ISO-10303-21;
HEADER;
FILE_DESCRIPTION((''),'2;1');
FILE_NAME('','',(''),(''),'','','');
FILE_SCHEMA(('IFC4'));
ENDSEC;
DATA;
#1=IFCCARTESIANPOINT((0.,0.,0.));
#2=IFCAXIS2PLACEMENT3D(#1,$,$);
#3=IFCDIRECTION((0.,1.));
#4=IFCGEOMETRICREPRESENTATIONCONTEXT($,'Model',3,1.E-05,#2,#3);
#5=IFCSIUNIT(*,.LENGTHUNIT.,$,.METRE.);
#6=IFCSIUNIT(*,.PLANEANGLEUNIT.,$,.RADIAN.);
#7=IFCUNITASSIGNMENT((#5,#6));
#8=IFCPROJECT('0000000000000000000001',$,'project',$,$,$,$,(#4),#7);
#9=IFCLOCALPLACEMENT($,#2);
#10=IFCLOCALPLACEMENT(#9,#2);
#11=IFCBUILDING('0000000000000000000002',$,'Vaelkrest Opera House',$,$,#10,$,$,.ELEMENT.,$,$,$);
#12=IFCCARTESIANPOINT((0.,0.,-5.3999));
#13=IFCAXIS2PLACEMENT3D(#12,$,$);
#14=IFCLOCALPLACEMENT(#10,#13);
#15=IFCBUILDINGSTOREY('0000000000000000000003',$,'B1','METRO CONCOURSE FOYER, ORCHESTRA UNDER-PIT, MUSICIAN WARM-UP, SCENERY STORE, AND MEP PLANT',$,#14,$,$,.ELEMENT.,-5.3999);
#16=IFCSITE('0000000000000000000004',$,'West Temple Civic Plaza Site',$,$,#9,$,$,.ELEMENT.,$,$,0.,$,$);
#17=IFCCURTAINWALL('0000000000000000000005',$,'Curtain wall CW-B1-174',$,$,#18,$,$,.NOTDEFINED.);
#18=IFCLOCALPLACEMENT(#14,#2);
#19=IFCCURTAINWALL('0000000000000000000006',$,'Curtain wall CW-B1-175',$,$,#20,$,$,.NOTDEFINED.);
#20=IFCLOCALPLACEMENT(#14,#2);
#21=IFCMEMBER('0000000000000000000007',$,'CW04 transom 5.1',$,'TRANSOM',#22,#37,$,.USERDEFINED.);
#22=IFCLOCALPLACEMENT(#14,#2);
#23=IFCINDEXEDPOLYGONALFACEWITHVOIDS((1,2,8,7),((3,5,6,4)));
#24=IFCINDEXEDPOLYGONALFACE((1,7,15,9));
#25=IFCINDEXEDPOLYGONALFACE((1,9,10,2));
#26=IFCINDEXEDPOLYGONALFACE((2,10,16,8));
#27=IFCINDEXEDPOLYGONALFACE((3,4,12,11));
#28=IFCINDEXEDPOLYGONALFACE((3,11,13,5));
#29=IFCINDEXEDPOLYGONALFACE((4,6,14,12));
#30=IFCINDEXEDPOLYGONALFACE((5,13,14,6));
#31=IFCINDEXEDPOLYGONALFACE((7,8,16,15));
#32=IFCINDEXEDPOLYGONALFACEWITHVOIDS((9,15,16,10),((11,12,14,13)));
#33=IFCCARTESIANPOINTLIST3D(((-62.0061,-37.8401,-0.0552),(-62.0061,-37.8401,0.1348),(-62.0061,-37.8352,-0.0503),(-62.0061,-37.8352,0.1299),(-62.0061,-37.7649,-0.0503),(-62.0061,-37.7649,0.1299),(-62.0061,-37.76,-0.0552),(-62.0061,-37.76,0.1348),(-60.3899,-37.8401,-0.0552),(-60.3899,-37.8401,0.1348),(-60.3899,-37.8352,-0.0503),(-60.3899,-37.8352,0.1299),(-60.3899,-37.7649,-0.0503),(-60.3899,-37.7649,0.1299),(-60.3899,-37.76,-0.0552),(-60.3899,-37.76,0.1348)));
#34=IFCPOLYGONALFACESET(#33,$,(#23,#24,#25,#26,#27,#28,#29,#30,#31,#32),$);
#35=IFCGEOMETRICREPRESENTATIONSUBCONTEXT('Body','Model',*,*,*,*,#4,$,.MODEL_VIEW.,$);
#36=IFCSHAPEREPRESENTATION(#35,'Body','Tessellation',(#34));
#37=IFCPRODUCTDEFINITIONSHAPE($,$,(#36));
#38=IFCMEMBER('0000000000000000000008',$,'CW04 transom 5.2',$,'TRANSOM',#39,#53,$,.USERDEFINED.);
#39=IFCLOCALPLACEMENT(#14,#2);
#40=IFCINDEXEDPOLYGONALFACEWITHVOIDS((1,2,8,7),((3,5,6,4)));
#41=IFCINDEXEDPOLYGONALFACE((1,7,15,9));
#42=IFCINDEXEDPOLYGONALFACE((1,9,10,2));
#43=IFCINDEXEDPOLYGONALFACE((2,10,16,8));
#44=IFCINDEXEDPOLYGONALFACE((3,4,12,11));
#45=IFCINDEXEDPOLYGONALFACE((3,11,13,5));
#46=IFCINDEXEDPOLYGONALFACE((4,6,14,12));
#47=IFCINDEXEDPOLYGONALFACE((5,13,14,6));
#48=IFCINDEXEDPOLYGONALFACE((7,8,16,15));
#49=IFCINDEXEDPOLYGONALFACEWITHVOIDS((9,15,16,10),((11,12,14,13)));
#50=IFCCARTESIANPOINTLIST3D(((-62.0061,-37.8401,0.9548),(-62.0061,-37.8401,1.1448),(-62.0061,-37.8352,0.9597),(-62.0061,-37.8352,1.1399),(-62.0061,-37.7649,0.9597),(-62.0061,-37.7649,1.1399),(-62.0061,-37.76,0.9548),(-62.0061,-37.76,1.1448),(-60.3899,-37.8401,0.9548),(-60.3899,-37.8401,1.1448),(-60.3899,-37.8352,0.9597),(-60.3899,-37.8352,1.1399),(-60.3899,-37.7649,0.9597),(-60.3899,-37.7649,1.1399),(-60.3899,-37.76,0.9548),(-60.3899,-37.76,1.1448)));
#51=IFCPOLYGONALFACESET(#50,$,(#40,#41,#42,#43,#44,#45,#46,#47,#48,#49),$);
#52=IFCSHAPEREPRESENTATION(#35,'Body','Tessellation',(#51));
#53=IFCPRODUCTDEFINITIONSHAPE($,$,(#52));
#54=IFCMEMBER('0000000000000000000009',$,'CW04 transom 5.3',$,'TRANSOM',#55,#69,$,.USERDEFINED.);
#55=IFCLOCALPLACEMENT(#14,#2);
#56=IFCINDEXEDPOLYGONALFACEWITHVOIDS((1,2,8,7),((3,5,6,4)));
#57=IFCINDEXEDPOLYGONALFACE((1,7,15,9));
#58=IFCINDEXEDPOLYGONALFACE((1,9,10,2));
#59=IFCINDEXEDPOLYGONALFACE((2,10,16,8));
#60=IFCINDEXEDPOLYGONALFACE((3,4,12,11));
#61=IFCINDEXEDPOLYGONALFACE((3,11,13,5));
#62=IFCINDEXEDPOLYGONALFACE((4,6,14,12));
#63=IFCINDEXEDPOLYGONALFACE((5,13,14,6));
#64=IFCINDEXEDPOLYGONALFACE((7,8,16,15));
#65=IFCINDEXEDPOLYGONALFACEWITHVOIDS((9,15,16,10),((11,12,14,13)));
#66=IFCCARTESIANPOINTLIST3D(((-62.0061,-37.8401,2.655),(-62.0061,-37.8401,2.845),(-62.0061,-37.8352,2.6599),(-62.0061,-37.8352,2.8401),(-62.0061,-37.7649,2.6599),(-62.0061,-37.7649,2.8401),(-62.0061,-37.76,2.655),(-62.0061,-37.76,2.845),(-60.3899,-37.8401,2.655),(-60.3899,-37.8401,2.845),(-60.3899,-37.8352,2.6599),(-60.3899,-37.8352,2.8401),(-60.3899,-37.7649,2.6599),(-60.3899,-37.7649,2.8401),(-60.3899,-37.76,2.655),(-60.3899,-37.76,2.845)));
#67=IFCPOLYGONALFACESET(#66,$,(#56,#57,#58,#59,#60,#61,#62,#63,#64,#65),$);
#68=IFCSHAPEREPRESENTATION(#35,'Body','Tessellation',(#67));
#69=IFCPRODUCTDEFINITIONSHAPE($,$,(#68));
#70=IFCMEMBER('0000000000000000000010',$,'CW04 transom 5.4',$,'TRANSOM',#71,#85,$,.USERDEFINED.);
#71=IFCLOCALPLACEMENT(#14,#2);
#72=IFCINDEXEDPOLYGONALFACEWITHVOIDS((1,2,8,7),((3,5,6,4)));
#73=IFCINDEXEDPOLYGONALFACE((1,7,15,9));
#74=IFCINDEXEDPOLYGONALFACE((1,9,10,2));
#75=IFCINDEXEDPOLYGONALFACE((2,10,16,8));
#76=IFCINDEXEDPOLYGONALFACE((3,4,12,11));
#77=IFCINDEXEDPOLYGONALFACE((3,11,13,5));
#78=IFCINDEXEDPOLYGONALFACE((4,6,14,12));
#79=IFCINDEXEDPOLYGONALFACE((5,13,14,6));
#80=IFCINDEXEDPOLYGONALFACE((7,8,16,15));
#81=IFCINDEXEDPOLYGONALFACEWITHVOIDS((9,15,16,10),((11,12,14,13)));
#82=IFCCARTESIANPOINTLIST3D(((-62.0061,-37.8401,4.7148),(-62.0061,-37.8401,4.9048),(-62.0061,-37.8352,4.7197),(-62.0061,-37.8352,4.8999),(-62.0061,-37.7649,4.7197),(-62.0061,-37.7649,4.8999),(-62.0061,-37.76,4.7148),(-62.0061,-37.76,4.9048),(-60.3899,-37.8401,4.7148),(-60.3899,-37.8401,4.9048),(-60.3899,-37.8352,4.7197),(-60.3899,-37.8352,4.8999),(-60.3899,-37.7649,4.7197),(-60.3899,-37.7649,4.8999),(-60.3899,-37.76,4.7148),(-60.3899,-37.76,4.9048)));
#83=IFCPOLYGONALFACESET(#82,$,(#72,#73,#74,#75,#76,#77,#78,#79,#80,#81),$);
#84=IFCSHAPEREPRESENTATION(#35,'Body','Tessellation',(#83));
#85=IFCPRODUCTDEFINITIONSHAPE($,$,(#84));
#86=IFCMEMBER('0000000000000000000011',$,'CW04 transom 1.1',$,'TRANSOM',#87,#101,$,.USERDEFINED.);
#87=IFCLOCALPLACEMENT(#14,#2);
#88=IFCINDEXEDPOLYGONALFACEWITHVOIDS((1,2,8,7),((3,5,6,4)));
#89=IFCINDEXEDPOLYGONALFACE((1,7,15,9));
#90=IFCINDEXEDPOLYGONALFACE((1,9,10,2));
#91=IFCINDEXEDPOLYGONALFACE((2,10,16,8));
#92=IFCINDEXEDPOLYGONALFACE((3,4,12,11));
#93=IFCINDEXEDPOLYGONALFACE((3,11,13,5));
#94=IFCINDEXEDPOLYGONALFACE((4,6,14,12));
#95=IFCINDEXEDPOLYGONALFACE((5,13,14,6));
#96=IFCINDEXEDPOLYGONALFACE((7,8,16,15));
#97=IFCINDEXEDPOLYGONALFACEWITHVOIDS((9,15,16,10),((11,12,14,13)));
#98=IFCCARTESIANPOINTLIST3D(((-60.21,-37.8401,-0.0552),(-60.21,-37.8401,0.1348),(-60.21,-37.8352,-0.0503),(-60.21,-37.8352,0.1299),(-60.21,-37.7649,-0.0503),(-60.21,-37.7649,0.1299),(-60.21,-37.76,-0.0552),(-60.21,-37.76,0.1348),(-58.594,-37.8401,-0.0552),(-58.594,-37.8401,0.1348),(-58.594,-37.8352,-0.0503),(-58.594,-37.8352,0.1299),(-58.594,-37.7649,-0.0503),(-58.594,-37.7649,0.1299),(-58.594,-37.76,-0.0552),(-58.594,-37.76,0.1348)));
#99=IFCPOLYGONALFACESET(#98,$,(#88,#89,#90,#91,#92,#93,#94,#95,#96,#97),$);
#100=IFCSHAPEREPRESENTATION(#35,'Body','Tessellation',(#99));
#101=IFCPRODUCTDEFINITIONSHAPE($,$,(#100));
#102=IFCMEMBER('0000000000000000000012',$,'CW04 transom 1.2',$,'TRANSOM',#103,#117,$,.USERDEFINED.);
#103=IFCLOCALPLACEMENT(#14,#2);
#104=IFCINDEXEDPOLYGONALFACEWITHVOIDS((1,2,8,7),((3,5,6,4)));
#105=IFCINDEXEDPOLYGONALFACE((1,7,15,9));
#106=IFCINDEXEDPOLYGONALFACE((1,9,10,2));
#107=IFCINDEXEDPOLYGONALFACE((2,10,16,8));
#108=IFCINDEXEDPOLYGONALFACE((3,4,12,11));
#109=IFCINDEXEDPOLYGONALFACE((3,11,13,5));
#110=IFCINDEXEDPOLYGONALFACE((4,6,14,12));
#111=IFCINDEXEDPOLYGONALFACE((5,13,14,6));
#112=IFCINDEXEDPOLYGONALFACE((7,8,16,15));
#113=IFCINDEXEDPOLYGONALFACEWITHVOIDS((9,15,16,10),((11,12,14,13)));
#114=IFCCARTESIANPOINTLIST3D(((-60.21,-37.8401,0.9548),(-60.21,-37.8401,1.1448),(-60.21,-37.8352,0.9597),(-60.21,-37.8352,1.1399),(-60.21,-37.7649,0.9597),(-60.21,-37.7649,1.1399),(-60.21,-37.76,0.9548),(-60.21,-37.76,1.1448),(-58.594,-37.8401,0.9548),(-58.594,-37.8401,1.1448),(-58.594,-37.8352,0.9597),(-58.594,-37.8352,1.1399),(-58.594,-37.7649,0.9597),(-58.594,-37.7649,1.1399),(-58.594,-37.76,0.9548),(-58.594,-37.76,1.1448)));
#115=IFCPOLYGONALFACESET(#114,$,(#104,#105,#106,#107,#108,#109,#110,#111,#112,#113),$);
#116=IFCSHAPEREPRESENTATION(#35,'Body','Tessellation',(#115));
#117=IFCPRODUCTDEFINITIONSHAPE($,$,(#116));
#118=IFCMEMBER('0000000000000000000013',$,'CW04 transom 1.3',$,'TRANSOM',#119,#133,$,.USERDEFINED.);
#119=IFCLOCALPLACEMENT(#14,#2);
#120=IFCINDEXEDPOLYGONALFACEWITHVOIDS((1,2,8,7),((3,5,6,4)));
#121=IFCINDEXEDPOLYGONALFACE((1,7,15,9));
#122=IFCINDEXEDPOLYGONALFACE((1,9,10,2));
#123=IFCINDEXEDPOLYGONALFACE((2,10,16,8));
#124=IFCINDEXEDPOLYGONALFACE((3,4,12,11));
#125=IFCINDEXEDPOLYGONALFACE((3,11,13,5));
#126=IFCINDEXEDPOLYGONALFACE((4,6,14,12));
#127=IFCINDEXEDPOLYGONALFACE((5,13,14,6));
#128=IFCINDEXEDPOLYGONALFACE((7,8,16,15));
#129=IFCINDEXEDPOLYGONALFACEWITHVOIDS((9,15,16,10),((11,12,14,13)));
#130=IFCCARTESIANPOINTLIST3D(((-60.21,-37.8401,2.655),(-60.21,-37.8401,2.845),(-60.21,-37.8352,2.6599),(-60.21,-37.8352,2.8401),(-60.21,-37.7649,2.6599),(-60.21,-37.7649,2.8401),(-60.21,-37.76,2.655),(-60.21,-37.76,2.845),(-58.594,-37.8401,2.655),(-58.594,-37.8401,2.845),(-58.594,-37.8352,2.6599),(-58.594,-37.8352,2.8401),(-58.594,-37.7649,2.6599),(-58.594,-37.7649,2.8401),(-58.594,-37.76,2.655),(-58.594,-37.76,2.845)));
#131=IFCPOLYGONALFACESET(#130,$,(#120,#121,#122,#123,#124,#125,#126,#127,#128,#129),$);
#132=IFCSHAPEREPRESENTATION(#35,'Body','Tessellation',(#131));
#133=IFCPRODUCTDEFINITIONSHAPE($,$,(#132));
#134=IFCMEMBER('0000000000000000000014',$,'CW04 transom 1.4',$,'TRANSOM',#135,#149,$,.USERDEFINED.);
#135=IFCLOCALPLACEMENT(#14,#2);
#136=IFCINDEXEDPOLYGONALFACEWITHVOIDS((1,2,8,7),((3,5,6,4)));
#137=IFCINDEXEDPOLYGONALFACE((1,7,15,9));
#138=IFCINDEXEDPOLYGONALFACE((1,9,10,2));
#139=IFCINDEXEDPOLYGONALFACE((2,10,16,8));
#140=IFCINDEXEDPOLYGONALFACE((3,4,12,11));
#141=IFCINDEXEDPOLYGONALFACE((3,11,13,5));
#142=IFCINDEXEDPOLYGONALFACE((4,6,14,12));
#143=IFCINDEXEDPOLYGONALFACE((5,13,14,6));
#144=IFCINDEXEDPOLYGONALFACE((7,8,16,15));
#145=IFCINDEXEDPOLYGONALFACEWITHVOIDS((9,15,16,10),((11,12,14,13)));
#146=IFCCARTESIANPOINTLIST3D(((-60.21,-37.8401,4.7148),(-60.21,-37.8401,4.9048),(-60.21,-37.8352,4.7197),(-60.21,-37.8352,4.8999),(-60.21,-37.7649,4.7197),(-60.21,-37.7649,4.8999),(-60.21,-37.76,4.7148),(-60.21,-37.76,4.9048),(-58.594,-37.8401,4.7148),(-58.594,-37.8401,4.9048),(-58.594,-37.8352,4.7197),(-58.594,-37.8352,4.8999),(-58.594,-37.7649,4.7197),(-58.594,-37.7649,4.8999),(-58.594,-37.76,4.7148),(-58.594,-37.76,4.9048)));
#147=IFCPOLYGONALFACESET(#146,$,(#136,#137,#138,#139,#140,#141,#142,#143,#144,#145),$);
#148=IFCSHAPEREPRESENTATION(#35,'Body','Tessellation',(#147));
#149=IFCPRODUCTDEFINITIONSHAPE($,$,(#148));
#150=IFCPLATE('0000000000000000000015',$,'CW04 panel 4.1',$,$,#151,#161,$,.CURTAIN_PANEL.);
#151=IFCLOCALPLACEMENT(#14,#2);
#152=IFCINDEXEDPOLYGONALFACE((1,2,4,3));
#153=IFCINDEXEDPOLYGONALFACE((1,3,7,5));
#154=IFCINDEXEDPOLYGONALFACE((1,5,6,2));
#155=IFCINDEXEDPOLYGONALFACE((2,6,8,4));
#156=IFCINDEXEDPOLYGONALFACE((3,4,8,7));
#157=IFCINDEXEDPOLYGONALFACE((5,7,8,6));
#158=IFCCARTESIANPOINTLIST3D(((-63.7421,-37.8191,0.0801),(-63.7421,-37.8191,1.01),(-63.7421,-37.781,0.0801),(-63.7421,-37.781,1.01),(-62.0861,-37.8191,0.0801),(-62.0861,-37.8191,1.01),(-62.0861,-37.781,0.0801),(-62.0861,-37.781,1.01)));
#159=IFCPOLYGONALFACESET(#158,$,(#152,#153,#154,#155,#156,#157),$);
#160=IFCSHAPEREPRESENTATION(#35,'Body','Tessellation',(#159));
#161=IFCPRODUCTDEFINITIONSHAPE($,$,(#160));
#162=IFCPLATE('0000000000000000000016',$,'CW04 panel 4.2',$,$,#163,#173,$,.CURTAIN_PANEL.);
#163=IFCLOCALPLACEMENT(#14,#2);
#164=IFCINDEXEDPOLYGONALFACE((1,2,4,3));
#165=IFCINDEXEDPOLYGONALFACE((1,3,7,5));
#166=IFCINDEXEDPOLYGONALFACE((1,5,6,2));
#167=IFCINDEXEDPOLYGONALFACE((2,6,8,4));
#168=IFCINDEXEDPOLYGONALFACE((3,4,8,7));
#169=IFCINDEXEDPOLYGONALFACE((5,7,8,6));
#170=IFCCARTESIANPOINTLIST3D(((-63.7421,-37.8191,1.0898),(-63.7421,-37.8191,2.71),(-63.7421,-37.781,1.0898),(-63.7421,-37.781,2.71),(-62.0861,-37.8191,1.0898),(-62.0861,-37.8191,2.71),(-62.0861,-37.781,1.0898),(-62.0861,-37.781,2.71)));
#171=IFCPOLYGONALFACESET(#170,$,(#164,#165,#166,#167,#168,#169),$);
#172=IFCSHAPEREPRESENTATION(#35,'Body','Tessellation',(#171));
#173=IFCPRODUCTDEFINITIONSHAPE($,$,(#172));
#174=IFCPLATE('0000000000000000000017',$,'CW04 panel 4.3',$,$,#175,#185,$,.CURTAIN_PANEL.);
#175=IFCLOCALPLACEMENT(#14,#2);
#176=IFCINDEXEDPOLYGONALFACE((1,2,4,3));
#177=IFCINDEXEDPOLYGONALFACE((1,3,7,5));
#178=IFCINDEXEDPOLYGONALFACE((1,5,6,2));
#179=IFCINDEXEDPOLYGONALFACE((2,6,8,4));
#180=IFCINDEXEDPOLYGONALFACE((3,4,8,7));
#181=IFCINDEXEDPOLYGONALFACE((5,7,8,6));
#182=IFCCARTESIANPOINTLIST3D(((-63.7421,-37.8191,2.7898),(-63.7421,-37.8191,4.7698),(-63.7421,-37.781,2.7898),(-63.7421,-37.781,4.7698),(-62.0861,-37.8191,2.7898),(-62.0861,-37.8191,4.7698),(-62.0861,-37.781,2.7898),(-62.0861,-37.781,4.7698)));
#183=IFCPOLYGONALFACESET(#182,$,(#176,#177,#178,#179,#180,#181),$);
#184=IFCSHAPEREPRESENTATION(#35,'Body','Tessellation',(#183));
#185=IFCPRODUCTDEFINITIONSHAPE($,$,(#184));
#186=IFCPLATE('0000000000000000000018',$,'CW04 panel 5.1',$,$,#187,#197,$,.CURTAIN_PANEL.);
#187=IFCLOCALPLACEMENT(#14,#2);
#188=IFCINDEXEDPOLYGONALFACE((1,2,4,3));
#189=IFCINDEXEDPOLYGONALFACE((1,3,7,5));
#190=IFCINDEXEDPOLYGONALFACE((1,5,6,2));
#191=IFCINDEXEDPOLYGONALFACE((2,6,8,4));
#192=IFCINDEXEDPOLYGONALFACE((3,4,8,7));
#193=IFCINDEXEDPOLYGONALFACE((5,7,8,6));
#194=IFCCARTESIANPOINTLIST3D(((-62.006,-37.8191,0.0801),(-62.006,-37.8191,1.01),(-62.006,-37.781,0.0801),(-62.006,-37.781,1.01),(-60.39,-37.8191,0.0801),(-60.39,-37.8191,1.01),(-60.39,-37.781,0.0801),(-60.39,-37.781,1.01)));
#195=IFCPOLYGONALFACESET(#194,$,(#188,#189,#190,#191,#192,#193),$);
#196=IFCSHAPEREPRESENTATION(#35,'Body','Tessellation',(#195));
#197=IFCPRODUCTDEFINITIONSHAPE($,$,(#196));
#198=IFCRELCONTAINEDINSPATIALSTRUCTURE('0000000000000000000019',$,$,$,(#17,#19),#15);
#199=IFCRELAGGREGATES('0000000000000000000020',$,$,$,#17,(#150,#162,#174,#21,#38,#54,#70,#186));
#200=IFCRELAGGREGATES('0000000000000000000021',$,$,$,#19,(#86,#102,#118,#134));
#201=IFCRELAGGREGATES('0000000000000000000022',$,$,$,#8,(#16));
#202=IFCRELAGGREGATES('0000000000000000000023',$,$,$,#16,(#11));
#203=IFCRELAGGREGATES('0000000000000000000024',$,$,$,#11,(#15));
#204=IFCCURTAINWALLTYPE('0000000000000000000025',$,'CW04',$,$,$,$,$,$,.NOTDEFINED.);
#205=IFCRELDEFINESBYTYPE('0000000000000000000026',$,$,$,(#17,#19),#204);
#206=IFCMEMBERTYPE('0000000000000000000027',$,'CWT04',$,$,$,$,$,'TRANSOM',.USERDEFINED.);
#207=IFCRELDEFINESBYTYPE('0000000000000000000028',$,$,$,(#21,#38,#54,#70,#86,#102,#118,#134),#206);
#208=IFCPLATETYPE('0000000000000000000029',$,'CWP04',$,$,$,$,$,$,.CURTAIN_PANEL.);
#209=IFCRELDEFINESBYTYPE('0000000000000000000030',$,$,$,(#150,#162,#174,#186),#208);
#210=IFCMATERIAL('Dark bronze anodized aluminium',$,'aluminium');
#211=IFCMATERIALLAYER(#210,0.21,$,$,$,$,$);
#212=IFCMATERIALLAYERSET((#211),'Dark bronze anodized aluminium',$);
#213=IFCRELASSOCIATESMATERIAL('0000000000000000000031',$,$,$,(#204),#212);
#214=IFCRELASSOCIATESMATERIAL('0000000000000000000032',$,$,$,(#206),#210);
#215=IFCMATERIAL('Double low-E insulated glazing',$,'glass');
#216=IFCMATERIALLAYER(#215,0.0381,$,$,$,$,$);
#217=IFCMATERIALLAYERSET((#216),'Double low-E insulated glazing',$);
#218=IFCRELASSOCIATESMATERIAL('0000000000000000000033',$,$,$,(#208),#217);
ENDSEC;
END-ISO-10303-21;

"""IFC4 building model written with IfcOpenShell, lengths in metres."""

from ifc_helpers import new_model, si_unit, direction, frame, origin, origin_2d, place, context, subcontext, project, spatial, rectangle, hollow_rectangle, extrude, material, layer, layer_set, material_profile, profile_set, type_object, element, aggregate, save


model = new_model("IFC4")

# Units and contexts
model_context = context("Model", 3, precision=1e-05, world=origin(), true_north=direction((0.0, 1.0)))
body_context = subcontext(model_context, "Body", "Model", "MODEL_VIEW")
ifc_project = project(units=[si_unit("LENGTHUNIT", "METRE"), si_unit("PLANEANGLEUNIT", "RADIAN")], contexts=[model_context])

# Site, building, storey
site_placement = place(None, origin())
site = spatial("IfcSite", under=ifc_project, at=site_placement, Name="West Temple Civic Plaza Site", CompositionType="ELEMENT", RefElevation=0.0)
building_placement = place(site_placement, origin())
building = spatial("IfcBuilding", under=site, at=building_placement, Name="Vaelkrest Opera House", CompositionType="ELEMENT")
storey_placement = place(building_placement, frame((0.0, 0.0, -5.3999)))
storey = spatial("IfcBuildingStorey", under=building, at=storey_placement, Name="B1", Description="METRO CONCOURSE FOYER, ORCHESTRA UNDER-PIT, MUSICIAN WARM-UP, SCENERY STORE, AND MEP PLANT", CompositionType="ELEMENT", Elevation=-5.3999)

# Curtain wall
ifc_material_1 = material(Name="Dark bronze anodized aluminium", Category="aluminium")
ifc_layer_1 = layer(ifc_material_1, 0.21)
ifc_layer_set_1 = layer_set([ifc_layer_1], Name="Dark bronze anodized aluminium")
curtain_wall_type = type_object("IfcCurtainWallType", Name="CW04", PredefinedType="NOTDEFINED", material=ifc_layer_set_1)
curtain_wall_1_placement = place(storey_placement, origin())
curtain_wall_1 = element("IfcCurtainWall", 1, at=curtain_wall_1_placement, inside=storey, type_object=curtain_wall_type, Name="Curtain wall CW-B1-174", PredefinedType="NOTDEFINED")

# Curtain wall
curtain_wall_2_placement = place(storey_placement, origin())
curtain_wall_2 = element("IfcCurtainWall", 2, at=curtain_wall_2_placement, inside=storey, type_object=curtain_wall_type, Name="Curtain wall CW-B1-175", PredefinedType="NOTDEFINED")

# Members
ifc_material_profile_1 = material_profile(ifc_material_1, hollow_rectangle(XDim=0.0801, YDim=0.1899, WallThickness=0.0049, at=origin_2d()), Name="CWT80X190")
ifc_profile_set_1 = profile_set([ifc_material_profile_1], Name="Dark bronze anodized aluminium")
member_type_1 = type_object("IfcMemberType", Name="CWT04", ElementType="TRANSOM", PredefinedType="USERDEFINED", material=ifc_profile_set_1)
member_1_placement = place(storey_placement, frame((-62.0061, -37.8, 0.0398), z_axis=(1.0, 0.0, 0.0), x_axis=(0.0, 1.0, 0.0)))
member_1 = element("IfcMember", 3, at=member_1_placement, type_object=member_type_1, Name="CW04 transom 5.1", ObjectType="TRANSOM", PredefinedType="USERDEFINED", context=body_context, shape_type="SweptSolid", body=[
    extrude(hollow_rectangle(XDim=0.0801, YDim=0.1899, WallThickness=0.0049, at=origin_2d()), origin(), (0.0, 0.0, 1.0), 1.6162),
])
member_2_placement = place(storey_placement, frame((-62.0061, -37.8, 1.0498), z_axis=(1.0, 0.0, 0.0), x_axis=(0.0, 1.0, 0.0)))
member_2 = element("IfcMember", 4, at=member_2_placement, type_object=member_type_1, Name="CW04 transom 5.2", ObjectType="TRANSOM", PredefinedType="USERDEFINED", context=body_context, shape_type="SweptSolid", body=[
    extrude(hollow_rectangle(XDim=0.0801, YDim=0.1899, WallThickness=0.0049, at=origin_2d()), origin(), (0.0, 0.0, 1.0), 1.6162),
])
member_3_placement = place(storey_placement, frame((-62.0061, -37.8, 2.75), z_axis=(1.0, 0.0, 0.0), x_axis=(0.0, 1.0, 0.0)))
member_3 = element("IfcMember", 5, at=member_3_placement, type_object=member_type_1, Name="CW04 transom 5.3", ObjectType="TRANSOM", PredefinedType="USERDEFINED", context=body_context, shape_type="SweptSolid", body=[
    extrude(hollow_rectangle(XDim=0.0801, YDim=0.1899, WallThickness=0.0049, at=origin_2d()), origin(), (0.0, 0.0, 1.0), 1.6162),
])
member_4_placement = place(storey_placement, frame((-62.0061, -37.8, 4.8098), z_axis=(1.0, 0.0, 0.0), x_axis=(0.0, 1.0, 0.0)))
member_4 = element("IfcMember", 6, at=member_4_placement, type_object=member_type_1, Name="CW04 transom 5.4", ObjectType="TRANSOM", PredefinedType="USERDEFINED", context=body_context, shape_type="SweptSolid", body=[
    extrude(hollow_rectangle(XDim=0.0801, YDim=0.1899, WallThickness=0.0049, at=origin_2d()), origin(), (0.0, 0.0, 1.0), 1.6162),
])
member_5_placement = place(storey_placement, frame((-60.21, -37.8, 0.0398), z_axis=(1.0, 0.0, 0.0), x_axis=(0.0, 1.0, 0.0)))
member_5 = element("IfcMember", 7, at=member_5_placement, type_object=member_type_1, Name="CW04 transom 1.1", ObjectType="TRANSOM", PredefinedType="USERDEFINED", context=body_context, shape_type="SweptSolid", body=[
    extrude(hollow_rectangle(XDim=0.0801, YDim=0.1899, WallThickness=0.0049, at=origin_2d()), origin(), (0.0, 0.0, 1.0), 1.616),
])
member_6_placement = place(storey_placement, frame((-60.21, -37.8, 1.0498), z_axis=(1.0, 0.0, 0.0), x_axis=(0.0, 1.0, 0.0)))
member_6 = element("IfcMember", 8, at=member_6_placement, type_object=member_type_1, Name="CW04 transom 1.2", ObjectType="TRANSOM", PredefinedType="USERDEFINED", context=body_context, shape_type="SweptSolid", body=[
    extrude(hollow_rectangle(XDim=0.0801, YDim=0.1899, WallThickness=0.0049, at=origin_2d()), origin(), (0.0, 0.0, 1.0), 1.616),
])
member_7_placement = place(storey_placement, frame((-60.21, -37.8, 2.75), z_axis=(1.0, 0.0, 0.0), x_axis=(0.0, 1.0, 0.0)))
member_7 = element("IfcMember", 9, at=member_7_placement, type_object=member_type_1, Name="CW04 transom 1.3", ObjectType="TRANSOM", PredefinedType="USERDEFINED", context=body_context, shape_type="SweptSolid", body=[
    extrude(hollow_rectangle(XDim=0.0801, YDim=0.1899, WallThickness=0.0049, at=origin_2d()), origin(), (0.0, 0.0, 1.0), 1.616),
])
member_8_placement = place(storey_placement, frame((-60.21, -37.8, 4.8098), z_axis=(1.0, 0.0, 0.0), x_axis=(0.0, 1.0, 0.0)))
member_8 = element("IfcMember", 10, at=member_8_placement, type_object=member_type_1, Name="CW04 transom 1.4", ObjectType="TRANSOM", PredefinedType="USERDEFINED", context=body_context, shape_type="SweptSolid", body=[
    extrude(hollow_rectangle(XDim=0.0801, YDim=0.1899, WallThickness=0.0049, at=origin_2d()), origin(), (0.0, 0.0, 1.0), 1.616),
])

# Plates
ifc_material_2 = material(Name="Double low-E insulated glazing", Category="glass")
ifc_layer_2 = layer(ifc_material_2, 0.0381)
ifc_layer_set_2 = layer_set([ifc_layer_2], Name="Double low-E insulated glazing")
plate_type = type_object("IfcPlateType", Name="CWP04", PredefinedType="CURTAIN_PANEL", material=ifc_layer_set_2)
plate_1_placement = place(storey_placement, frame((-62.9141, -37.8, 0.0801), z_axis=(0.0, 0.0, 1.0), x_axis=(1.0, 0.0, 0.0)))
plate_1 = element("IfcPlate", 11, at=plate_1_placement, type_object=plate_type, Name="CW04 panel 4.1", PredefinedType="CURTAIN_PANEL", context=body_context, shape_type="SweptSolid", body=[
    extrude(rectangle(XDim=1.656, YDim=0.0381, at=origin_2d()), origin(), (0.0, 0.0, 1.0), 0.9299),
])
plate_2_placement = place(storey_placement, frame((-62.9141, -37.8, 1.0898), z_axis=(0.0, 0.0, 1.0), x_axis=(1.0, 0.0, 0.0)))
plate_2 = element("IfcPlate", 12, at=plate_2_placement, type_object=plate_type, Name="CW04 panel 4.2", PredefinedType="CURTAIN_PANEL", context=body_context, shape_type="SweptSolid", body=[
    extrude(rectangle(XDim=1.656, YDim=0.0381, at=origin_2d()), origin(), (0.0, 0.0, 1.0), 1.6201),
])
plate_3_placement = place(storey_placement, frame((-62.9141, -37.8, 2.7898), z_axis=(0.0, 0.0, 1.0), x_axis=(1.0, 0.0, 0.0)))
plate_3 = element("IfcPlate", 13, at=plate_3_placement, type_object=plate_type, Name="CW04 panel 4.3", PredefinedType="CURTAIN_PANEL", context=body_context, shape_type="SweptSolid", body=[
    extrude(rectangle(XDim=1.656, YDim=0.0381, at=origin_2d()), origin(), (0.0, 0.0, 1.0), 1.98),
])
plate_4_placement = place(storey_placement, frame((-61.198, -37.8, 0.0801), z_axis=(0.0, 0.0, 1.0), x_axis=(1.0, 0.0, 0.0)))
plate_4 = element("IfcPlate", 14, at=plate_4_placement, type_object=plate_type, Name="CW04 panel 5.1", PredefinedType="CURTAIN_PANEL", context=body_context, shape_type="SweptSolid", body=[
    extrude(rectangle(XDim=1.616, YDim=0.0381, at=origin_2d()), origin(), (0.0, 0.0, 1.0), 0.9299),
])
aggregate(curtain_wall_1, [plate_1, plate_2, plate_3, member_1, member_2, member_3, member_4, plate_4])
aggregate(curtain_wall_2, [member_5, member_6, member_7, member_8])

save(model, "model.ifc")
